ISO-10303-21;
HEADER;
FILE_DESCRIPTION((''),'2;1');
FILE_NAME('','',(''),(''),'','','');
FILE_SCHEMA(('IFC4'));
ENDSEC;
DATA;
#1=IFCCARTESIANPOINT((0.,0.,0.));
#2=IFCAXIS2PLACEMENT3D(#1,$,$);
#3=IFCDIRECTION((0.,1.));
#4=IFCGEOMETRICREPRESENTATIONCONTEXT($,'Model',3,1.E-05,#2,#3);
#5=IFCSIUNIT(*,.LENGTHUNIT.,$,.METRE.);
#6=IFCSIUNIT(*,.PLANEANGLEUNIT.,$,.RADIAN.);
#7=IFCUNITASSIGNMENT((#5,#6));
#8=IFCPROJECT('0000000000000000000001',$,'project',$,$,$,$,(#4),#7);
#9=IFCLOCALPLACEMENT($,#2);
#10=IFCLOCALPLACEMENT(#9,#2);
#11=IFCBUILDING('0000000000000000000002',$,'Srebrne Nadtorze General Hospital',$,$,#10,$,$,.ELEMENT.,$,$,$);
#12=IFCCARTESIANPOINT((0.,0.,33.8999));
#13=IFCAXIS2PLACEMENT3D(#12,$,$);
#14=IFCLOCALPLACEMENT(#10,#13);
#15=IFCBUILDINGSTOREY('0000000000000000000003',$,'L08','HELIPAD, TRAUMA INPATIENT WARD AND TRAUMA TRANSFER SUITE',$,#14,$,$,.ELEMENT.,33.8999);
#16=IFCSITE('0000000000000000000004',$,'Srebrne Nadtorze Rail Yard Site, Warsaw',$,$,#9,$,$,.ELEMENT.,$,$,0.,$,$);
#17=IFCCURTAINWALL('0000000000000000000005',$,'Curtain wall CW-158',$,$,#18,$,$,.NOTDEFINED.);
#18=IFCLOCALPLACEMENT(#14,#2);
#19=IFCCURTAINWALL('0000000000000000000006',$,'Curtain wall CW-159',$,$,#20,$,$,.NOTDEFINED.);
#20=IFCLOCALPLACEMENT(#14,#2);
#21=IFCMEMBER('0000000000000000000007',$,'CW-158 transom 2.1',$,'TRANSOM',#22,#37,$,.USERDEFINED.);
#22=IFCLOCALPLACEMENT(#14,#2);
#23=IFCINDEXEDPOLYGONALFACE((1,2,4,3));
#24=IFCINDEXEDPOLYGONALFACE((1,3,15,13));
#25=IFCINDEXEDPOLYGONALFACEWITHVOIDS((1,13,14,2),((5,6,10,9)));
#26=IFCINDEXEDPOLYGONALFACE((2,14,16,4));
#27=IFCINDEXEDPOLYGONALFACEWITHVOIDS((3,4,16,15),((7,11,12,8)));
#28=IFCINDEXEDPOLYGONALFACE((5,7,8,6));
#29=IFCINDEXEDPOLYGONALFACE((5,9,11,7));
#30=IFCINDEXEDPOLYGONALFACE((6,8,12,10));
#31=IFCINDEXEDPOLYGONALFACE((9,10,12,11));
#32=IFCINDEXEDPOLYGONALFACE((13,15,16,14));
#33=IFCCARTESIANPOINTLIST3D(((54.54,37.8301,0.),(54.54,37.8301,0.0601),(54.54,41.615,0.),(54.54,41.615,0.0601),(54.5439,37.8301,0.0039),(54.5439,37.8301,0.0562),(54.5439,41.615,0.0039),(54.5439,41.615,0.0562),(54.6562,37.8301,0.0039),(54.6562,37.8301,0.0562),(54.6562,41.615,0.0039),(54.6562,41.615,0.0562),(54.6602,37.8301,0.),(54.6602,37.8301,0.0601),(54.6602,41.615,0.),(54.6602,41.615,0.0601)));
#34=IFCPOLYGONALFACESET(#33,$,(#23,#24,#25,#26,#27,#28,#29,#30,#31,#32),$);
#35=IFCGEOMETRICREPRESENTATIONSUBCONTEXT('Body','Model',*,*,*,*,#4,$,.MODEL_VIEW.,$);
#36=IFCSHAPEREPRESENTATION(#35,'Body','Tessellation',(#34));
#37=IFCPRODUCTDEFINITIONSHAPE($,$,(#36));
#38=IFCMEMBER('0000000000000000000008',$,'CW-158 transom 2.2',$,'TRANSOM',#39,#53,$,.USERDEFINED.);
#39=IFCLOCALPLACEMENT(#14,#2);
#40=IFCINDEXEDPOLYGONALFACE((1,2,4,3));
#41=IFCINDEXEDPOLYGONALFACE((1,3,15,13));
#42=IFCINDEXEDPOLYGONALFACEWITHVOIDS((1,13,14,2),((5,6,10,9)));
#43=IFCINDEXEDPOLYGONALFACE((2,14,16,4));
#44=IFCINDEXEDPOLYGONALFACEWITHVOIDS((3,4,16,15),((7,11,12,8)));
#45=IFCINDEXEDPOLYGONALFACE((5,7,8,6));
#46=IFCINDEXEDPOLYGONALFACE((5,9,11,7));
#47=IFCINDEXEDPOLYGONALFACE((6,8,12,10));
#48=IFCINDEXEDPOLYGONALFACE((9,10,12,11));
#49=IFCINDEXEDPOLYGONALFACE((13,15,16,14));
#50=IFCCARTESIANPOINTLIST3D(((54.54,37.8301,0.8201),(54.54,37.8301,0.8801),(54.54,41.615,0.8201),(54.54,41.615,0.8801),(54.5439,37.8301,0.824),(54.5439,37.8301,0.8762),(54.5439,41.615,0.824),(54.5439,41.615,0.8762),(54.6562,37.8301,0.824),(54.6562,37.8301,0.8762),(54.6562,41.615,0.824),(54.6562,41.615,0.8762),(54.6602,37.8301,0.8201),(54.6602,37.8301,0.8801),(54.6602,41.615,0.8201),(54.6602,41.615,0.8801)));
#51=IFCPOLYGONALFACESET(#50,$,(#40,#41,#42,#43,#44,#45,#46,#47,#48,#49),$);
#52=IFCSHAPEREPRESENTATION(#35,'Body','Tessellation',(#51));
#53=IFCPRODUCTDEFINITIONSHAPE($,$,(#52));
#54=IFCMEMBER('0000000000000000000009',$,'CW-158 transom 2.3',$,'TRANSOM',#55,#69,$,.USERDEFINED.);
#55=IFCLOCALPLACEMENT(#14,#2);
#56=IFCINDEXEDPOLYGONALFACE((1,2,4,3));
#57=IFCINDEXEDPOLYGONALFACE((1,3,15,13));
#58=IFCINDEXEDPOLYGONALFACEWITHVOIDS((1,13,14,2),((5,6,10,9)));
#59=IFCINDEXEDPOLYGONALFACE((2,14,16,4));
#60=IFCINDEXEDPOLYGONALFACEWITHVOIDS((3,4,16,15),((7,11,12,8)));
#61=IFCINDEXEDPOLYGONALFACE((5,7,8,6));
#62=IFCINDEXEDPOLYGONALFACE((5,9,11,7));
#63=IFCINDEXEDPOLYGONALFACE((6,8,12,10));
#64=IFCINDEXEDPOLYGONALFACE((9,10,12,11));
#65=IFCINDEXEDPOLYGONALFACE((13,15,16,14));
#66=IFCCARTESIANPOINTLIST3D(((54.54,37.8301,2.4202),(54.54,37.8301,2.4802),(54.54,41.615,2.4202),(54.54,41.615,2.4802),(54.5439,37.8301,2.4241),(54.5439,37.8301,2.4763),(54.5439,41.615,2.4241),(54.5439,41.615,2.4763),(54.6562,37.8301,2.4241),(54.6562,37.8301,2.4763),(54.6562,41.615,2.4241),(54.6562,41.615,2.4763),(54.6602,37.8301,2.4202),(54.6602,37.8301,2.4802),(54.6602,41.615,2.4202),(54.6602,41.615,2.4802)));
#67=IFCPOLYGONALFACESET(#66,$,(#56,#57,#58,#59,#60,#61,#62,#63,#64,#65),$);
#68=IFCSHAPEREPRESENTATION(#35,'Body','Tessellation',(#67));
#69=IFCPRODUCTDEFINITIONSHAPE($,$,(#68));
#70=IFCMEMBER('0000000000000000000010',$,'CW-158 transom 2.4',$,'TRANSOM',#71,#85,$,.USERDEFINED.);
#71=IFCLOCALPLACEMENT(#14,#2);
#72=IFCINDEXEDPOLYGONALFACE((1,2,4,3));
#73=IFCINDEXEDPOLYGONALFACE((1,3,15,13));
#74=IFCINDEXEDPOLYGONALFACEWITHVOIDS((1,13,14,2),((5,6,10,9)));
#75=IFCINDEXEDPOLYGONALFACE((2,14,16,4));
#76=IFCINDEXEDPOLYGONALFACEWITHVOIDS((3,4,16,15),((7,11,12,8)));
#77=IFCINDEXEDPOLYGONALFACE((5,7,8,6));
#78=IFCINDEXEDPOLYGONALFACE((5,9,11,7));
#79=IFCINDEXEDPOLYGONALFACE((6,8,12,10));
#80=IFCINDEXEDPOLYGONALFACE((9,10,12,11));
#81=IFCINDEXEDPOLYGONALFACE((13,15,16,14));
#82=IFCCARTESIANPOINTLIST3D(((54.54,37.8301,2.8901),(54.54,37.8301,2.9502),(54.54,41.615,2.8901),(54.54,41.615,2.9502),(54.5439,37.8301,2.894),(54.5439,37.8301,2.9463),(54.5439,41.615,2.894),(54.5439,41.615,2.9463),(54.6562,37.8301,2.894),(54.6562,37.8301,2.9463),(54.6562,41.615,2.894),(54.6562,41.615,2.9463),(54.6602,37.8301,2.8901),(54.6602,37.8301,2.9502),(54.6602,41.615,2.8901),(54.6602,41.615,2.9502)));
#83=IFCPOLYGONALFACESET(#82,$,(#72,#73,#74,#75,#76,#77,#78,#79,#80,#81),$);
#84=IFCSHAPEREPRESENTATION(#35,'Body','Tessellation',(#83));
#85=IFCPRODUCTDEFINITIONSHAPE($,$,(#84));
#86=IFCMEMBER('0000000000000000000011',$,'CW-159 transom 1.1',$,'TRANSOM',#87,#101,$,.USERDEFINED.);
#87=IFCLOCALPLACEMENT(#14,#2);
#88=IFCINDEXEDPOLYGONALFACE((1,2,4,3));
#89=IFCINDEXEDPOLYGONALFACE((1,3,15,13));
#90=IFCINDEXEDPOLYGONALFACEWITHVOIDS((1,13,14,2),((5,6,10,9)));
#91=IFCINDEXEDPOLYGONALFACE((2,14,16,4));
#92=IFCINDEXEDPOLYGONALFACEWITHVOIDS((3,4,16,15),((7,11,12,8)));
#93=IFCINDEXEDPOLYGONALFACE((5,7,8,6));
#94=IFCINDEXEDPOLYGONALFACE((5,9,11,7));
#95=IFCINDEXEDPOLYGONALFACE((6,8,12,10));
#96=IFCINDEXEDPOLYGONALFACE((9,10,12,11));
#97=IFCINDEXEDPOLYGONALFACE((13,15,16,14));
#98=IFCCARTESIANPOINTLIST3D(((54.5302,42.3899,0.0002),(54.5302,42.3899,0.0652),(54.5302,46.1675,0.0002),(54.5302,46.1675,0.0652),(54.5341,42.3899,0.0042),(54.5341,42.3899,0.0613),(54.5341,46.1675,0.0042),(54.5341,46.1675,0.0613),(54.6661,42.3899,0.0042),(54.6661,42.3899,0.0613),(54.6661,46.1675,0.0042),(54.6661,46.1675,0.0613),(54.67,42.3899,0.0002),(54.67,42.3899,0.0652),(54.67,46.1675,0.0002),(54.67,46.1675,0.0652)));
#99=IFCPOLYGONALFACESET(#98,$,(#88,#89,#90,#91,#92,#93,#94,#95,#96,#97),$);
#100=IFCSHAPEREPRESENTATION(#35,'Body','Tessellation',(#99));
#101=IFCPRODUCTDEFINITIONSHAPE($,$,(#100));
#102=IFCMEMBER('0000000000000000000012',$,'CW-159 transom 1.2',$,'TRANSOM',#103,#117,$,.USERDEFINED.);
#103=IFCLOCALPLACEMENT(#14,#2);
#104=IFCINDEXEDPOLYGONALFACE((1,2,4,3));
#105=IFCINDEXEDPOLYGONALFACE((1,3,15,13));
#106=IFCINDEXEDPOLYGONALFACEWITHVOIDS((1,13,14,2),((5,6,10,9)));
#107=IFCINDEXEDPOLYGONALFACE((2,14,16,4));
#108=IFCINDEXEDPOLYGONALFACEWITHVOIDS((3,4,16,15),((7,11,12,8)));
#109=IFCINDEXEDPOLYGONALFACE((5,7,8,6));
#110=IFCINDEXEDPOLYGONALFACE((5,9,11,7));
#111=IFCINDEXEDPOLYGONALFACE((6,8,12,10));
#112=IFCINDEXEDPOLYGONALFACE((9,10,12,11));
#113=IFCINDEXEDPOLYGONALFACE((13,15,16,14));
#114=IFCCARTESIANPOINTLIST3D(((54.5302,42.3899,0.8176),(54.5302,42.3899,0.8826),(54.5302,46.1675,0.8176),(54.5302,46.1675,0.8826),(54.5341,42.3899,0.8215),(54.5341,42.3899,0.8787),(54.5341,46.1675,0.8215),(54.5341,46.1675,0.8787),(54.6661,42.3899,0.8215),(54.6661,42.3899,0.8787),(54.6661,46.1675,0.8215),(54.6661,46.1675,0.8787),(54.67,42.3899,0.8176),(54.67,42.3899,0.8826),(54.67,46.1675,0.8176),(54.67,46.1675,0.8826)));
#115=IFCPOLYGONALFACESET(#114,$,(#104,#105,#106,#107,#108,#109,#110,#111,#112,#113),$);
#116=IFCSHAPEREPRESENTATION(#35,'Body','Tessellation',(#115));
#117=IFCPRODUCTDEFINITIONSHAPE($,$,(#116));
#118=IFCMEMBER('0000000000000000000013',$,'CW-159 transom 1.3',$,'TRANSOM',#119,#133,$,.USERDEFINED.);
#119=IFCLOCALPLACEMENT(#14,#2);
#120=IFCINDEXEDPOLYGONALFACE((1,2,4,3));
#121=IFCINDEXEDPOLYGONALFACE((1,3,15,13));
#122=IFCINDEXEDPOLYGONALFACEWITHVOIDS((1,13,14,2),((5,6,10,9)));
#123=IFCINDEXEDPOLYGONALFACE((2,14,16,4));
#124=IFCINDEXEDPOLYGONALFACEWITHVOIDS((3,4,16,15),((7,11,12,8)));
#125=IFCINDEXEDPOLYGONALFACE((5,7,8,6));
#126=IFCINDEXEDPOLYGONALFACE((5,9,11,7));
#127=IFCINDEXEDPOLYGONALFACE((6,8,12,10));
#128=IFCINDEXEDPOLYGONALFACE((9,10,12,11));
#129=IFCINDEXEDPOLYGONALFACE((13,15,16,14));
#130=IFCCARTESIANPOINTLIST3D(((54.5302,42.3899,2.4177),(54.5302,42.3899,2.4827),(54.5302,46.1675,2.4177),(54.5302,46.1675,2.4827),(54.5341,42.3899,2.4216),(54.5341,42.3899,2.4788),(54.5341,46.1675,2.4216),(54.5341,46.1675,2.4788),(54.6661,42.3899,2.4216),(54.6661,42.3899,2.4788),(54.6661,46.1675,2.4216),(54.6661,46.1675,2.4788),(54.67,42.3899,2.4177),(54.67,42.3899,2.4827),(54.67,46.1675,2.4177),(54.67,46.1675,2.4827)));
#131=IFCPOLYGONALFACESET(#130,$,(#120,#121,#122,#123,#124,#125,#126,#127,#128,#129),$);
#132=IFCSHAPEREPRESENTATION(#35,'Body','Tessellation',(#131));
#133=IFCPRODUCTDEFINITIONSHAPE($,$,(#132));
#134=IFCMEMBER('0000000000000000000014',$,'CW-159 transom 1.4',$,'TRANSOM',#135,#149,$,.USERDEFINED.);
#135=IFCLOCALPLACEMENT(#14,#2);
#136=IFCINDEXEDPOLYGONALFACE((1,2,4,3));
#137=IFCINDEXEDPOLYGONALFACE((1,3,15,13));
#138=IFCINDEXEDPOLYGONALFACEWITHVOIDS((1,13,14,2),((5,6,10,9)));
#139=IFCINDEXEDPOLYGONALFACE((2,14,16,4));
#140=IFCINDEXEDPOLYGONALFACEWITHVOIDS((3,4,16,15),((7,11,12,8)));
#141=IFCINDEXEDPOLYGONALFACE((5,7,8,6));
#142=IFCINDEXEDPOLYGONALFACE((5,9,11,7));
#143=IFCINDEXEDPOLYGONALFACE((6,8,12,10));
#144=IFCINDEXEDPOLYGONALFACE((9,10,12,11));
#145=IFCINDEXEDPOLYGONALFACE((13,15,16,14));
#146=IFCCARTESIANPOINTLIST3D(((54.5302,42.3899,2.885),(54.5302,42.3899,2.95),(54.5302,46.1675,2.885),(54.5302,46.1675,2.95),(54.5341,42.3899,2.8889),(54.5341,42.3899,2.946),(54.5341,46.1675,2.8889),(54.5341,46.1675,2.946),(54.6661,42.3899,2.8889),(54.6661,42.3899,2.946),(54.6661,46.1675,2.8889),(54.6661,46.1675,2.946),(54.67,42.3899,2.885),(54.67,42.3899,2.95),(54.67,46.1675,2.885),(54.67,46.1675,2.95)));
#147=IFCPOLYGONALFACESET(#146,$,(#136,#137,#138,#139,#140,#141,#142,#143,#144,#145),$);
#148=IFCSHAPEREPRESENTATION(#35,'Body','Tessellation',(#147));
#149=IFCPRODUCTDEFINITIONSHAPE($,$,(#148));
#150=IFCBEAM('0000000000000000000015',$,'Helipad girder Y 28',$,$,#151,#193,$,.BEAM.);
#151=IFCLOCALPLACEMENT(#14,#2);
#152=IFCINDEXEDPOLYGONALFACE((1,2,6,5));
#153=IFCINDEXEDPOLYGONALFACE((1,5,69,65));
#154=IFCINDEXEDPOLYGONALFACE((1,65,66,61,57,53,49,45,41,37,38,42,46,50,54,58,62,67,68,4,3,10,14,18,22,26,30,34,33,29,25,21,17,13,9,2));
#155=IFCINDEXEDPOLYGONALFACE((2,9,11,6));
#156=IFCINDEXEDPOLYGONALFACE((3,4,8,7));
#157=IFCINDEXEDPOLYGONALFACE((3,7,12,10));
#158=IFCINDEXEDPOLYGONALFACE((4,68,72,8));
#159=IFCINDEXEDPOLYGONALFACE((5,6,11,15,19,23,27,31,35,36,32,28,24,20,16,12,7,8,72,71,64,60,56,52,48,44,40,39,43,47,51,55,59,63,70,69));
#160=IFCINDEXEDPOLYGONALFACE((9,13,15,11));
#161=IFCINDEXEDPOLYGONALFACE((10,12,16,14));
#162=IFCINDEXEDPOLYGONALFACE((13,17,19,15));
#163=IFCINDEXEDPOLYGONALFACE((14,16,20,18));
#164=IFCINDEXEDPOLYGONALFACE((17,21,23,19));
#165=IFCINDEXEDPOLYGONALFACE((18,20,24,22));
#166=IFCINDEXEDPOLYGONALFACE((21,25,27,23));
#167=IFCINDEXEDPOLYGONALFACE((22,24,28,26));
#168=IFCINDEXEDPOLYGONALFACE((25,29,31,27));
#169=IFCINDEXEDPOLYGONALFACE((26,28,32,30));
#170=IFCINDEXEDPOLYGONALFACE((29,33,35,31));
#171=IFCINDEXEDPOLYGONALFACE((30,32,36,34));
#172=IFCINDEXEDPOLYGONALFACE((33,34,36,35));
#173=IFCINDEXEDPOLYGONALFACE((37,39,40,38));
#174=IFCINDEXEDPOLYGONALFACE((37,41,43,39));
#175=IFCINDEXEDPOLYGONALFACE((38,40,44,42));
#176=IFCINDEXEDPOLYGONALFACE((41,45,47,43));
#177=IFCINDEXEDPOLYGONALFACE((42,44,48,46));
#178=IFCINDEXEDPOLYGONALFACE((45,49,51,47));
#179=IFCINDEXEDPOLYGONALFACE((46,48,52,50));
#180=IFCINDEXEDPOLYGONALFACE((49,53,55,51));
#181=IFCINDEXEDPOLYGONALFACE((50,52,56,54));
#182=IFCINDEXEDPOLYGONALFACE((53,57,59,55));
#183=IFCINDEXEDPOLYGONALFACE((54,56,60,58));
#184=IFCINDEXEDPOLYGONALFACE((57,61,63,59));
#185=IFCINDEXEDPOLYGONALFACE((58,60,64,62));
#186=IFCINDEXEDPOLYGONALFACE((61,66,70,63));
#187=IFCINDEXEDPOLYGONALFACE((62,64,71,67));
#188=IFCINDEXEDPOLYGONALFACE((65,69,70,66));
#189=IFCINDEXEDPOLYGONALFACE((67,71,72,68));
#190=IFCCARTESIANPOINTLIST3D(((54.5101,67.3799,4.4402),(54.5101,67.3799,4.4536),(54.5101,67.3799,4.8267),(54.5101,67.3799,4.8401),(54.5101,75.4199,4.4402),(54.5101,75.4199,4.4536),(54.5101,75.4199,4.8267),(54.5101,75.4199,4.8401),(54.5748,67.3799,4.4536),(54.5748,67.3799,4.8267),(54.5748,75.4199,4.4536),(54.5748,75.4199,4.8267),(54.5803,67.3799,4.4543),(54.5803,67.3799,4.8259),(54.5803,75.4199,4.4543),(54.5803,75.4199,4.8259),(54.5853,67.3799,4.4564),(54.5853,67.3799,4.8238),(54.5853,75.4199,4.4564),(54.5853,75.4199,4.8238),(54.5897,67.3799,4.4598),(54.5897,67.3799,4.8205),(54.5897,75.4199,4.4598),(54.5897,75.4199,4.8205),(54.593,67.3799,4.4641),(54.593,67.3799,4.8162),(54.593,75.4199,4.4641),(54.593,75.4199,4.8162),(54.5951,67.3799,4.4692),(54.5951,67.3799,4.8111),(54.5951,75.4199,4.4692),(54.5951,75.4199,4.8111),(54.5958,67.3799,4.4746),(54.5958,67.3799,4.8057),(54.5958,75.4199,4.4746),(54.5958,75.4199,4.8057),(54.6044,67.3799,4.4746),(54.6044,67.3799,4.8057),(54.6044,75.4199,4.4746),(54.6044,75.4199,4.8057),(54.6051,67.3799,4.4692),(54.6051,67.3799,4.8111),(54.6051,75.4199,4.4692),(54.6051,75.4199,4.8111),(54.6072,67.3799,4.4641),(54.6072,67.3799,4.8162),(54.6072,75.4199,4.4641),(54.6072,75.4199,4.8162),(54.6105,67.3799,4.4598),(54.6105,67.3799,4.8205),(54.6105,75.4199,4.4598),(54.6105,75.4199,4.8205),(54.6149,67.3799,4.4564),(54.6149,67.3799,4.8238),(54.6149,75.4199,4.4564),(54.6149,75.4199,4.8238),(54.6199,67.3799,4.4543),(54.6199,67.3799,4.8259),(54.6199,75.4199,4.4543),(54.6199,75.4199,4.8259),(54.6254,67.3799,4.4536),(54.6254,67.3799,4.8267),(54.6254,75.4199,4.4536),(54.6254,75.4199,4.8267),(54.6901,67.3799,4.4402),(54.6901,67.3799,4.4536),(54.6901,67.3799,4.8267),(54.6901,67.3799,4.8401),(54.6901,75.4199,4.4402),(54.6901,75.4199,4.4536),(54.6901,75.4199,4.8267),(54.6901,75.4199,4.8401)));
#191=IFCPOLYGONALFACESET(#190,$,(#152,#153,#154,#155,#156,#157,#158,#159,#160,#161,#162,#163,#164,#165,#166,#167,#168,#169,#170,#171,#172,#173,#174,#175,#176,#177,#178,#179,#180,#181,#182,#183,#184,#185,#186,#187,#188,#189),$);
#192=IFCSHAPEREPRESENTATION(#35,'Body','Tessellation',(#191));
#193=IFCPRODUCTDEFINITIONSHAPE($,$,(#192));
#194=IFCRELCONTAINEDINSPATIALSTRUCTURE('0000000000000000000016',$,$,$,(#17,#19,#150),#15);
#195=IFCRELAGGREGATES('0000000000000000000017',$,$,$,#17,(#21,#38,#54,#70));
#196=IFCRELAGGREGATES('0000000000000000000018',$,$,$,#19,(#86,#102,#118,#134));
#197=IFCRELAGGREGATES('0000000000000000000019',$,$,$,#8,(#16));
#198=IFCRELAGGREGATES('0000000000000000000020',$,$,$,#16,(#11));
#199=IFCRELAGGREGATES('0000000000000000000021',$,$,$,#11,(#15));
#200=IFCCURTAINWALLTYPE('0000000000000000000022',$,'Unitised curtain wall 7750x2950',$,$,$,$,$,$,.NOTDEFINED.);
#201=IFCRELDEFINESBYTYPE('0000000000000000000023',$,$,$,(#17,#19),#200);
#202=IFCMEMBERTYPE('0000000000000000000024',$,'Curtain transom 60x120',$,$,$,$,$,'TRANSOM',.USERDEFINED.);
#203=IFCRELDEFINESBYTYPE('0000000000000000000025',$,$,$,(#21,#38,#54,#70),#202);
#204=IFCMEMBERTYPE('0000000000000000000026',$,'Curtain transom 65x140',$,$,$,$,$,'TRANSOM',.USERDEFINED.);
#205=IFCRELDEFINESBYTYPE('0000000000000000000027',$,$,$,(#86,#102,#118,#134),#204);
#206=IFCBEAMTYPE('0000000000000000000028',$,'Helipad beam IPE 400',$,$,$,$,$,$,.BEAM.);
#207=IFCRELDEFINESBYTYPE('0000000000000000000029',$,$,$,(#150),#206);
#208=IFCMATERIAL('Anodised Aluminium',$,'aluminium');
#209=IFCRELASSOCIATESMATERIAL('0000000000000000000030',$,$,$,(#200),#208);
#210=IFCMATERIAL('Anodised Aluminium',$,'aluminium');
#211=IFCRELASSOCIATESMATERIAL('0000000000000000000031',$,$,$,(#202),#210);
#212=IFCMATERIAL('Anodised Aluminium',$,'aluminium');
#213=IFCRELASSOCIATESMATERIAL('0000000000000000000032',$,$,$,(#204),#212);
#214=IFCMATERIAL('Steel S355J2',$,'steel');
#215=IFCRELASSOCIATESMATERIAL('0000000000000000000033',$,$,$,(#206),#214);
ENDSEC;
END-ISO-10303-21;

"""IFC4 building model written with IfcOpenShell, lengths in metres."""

from ifc_helpers import new_model, si_unit, direction, frame, origin, origin_2d, place, context, subcontext, project, spatial, hollow_rectangle, i_section, extrude, material, material_profile, profile_set, type_object, element, aggregate, save


model = new_model("IFC4")

# Units and contexts
model_context = context("Model", 3, precision=1e-05, world=origin(), true_north=direction((0.0, 1.0)))
body_context = subcontext(model_context, "Body", "Model", "MODEL_VIEW")
ifc_project = project(units=[si_unit("LENGTHUNIT", "METRE"), si_unit("PLANEANGLEUNIT", "RADIAN")], contexts=[model_context])

# Site, building, storey
site_placement = place(None, origin())
site = spatial("IfcSite", under=ifc_project, at=site_placement, Name="Srebrne Nadtorze Rail Yard Site, Warsaw", CompositionType="ELEMENT", RefElevation=0.0)
building_placement = place(site_placement, origin())
building = spatial("IfcBuilding", under=site, at=building_placement, Name="Srebrne Nadtorze General Hospital", CompositionType="ELEMENT")
storey_placement = place(building_placement, frame((0.0, 0.0, 33.8999)))
storey = spatial("IfcBuildingStorey", under=building, at=storey_placement, Name="L08", Description="HELIPAD, TRAUMA INPATIENT WARD AND TRAUMA TRANSFER SUITE", CompositionType="ELEMENT", Elevation=33.8999)

# Curtain walls
ifc_material_1 = material(Name="Anodised Aluminium", Category="aluminium")
curtain_wall_type = type_object("IfcCurtainWallType", Name="Unitised curtain wall 7750x2950", PredefinedType="NOTDEFINED", material=ifc_material_1)
curtain_wall_1_placement = place(storey_placement, origin())
curtain_wall_1 = element("IfcCurtainWall", 1, at=curtain_wall_1_placement, inside=storey, type_object=curtain_wall_type, Name="Curtain wall CW-158", PredefinedType="NOTDEFINED")
curtain_wall_2_placement = place(storey_placement, origin())
curtain_wall_2 = element("IfcCurtainWall", 2, at=curtain_wall_2_placement, inside=storey, type_object=curtain_wall_type, Name="Curtain wall CW-159", PredefinedType="NOTDEFINED")

# Members
ifc_material_2 = material(Name="Anodised Aluminium", Category="aluminium")
ifc_material_profile_1 = material_profile(ifc_material_2, hollow_rectangle(XDim=0.0601, YDim=0.1201, WallThickness=0.0039, at=origin_2d()), Name="AL-TRN-60x120")
ifc_profile_set_1 = profile_set([ifc_material_profile_1], Name="Anodised Aluminium")
member_type_1 = type_object("IfcMemberType", Name="Curtain transom 60x120", ElementType="TRANSOM", PredefinedType="USERDEFINED", material=ifc_profile_set_1)
member_1_placement = place(storey_placement, frame((54.6001, 37.8301, 0.03), z_axis=(0.0, 1.0, 0.0), x_axis=(0.0, 0.0, 1.0)))
member_1 = element("IfcMember", 3, at=member_1_placement, type_object=member_type_1, Name="CW-158 transom 2.1", ObjectType="TRANSOM", PredefinedType="USERDEFINED", context=body_context, shape_type="SweptSolid", body=[
    extrude(hollow_rectangle(XDim=0.0601, YDim=0.1201, WallThickness=0.0039, at=origin_2d()), origin(), (0.0, 0.0, 1.0), 3.7849),
])
member_2_placement = place(storey_placement, frame((54.6001, 37.8301, 0.8501), z_axis=(0.0, 1.0, 0.0), x_axis=(0.0, 0.0, 1.0)))
member_2 = element("IfcMember", 4, at=member_2_placement, type_object=member_type_1, Name="CW-158 transom 2.2", ObjectType="TRANSOM", PredefinedType="USERDEFINED", context=body_context, shape_type="SweptSolid", body=[
    extrude(hollow_rectangle(XDim=0.0601, YDim=0.1201, WallThickness=0.0039, at=origin_2d()), origin(), (0.0, 0.0, 1.0), 3.7849),
])
member_3_placement = place(storey_placement, frame((54.6001, 37.8301, 2.4502), z_axis=(0.0, 1.0, 0.0), x_axis=(0.0, 0.0, 1.0)))
member_3 = element("IfcMember", 5, at=member_3_placement, type_object=member_type_1, Name="CW-158 transom 2.3", ObjectType="TRANSOM", PredefinedType="USERDEFINED", context=body_context, shape_type="SweptSolid", body=[
    extrude(hollow_rectangle(XDim=0.0601, YDim=0.1201, WallThickness=0.0039, at=origin_2d()), origin(), (0.0, 0.0, 1.0), 3.7849),
])
member_4_placement = place(storey_placement, frame((54.6001, 37.8301, 2.9202), z_axis=(0.0, 1.0, 0.0), x_axis=(0.0, 0.0, 1.0)))
member_4 = element("IfcMember", 6, at=member_4_placement, type_object=member_type_1, Name="CW-158 transom 2.4", ObjectType="TRANSOM", PredefinedType="USERDEFINED", context=body_context, shape_type="SweptSolid", body=[
    extrude(hollow_rectangle(XDim=0.0601, YDim=0.1201, WallThickness=0.0039, at=origin_2d()), origin(), (0.0, 0.0, 1.0), 3.7849),
])
ifc_material_3 = material(Name="Anodised Aluminium", Category="aluminium")
ifc_material_profile_2 = material_profile(ifc_material_3, hollow_rectangle(XDim=0.0649, YDim=0.1399, WallThickness=0.0039, at=origin_2d()), Name="AL-TRN-65x140")
ifc_profile_set_2 = profile_set([ifc_material_profile_2], Name="Anodised Aluminium")
member_type_2 = type_object("IfcMemberType", Name="Curtain transom 65x140", ElementType="TRANSOM", PredefinedType="USERDEFINED", material=ifc_profile_set_2)
member_5_placement = place(storey_placement, frame((54.6001, 42.3899, 0.0327), z_axis=(0.0, 1.0, 0.0), x_axis=(0.0, 0.0, 1.0)))
member_5 = element("IfcMember", 7, at=member_5_placement, type_object=member_type_2, Name="CW-159 transom 1.1", ObjectType="TRANSOM", PredefinedType="USERDEFINED", context=body_context, shape_type="SweptSolid", body=[
    extrude(hollow_rectangle(XDim=0.0649, YDim=0.1399, WallThickness=0.0039, at=origin_2d()), origin(), (0.0, 0.0, 1.0), 3.7776),
])
member_6_placement = place(storey_placement, frame((54.6001, 42.3899, 0.8501), z_axis=(0.0, 1.0, 0.0), x_axis=(0.0, 0.0, 1.0)))
member_6 = element("IfcMember", 8, at=member_6_placement, type_object=member_type_2, Name="CW-159 transom 1.2", ObjectType="TRANSOM", PredefinedType="USERDEFINED", context=body_context, shape_type="SweptSolid", body=[
    extrude(hollow_rectangle(XDim=0.0649, YDim=0.1399, WallThickness=0.0039, at=origin_2d()), origin(), (0.0, 0.0, 1.0), 3.7776),
])
member_7_placement = place(storey_placement, frame((54.6001, 42.3899, 2.4502), z_axis=(0.0, 1.0, 0.0), x_axis=(0.0, 0.0, 1.0)))
member_7 = element("IfcMember", 9, at=member_7_placement, type_object=member_type_2, Name="CW-159 transom 1.3", ObjectType="TRANSOM", PredefinedType="USERDEFINED", context=body_context, shape_type="SweptSolid", body=[
    extrude(hollow_rectangle(XDim=0.0649, YDim=0.1399, WallThickness=0.0039, at=origin_2d()), origin(), (0.0, 0.0, 1.0), 3.7776),
])
member_8_placement = place(storey_placement, frame((54.6001, 42.3899, 2.9175), z_axis=(0.0, 1.0, 0.0), x_axis=(0.0, 0.0, 1.0)))
member_8 = element("IfcMember", 10, at=member_8_placement, type_object=member_type_2, Name="CW-159 transom 1.4", ObjectType="TRANSOM", PredefinedType="USERDEFINED", context=body_context, shape_type="SweptSolid", body=[
    extrude(hollow_rectangle(XDim=0.0649, YDim=0.1399, WallThickness=0.0039, at=origin_2d()), origin(), (0.0, 0.0, 1.0), 3.7776),
])

# Beam
ifc_material_4 = material(Name="Steel S355J2", Category="steel")
ifc_material_profile_3 = material_profile(ifc_material_4, i_section(OverallWidth=0.1799, OverallDepth=0.3999, WebThickness=0.0085, FlangeThickness=0.0134, FilletRadius=0.021, at=origin_2d()), Name="IPE-400")
ifc_profile_set_3 = profile_set([ifc_material_profile_3], Name="Steel S355J2")
beam_type = type_object("IfcBeamType", Name="Helipad beam IPE 400", PredefinedType="BEAM", material=ifc_profile_set_3)
beam_placement = place(storey_placement, frame((54.6001, 67.3799, 4.6401), z_axis=(0.0, 1.0, 0.0), x_axis=(-1.0, 0.0, 0.0)))
element("IfcBeam", 11, at=beam_placement, inside=storey, type_object=beam_type, Name="Helipad girder Y 28", PredefinedType="BEAM", context=body_context, shape_type="SweptSolid", body=[
    extrude(i_section(OverallWidth=0.1799, OverallDepth=0.3999, WebThickness=0.0085, FlangeThickness=0.0134, FilletRadius=0.021, at=origin_2d()), origin(), (0.0, 0.0, 1.0), 8.04),
])

aggregate(curtain_wall_1, [member_1, member_2, member_3, member_4])
aggregate(curtain_wall_2, [member_5, member_6, member_7, member_8])

save(model, "model.ifc")
